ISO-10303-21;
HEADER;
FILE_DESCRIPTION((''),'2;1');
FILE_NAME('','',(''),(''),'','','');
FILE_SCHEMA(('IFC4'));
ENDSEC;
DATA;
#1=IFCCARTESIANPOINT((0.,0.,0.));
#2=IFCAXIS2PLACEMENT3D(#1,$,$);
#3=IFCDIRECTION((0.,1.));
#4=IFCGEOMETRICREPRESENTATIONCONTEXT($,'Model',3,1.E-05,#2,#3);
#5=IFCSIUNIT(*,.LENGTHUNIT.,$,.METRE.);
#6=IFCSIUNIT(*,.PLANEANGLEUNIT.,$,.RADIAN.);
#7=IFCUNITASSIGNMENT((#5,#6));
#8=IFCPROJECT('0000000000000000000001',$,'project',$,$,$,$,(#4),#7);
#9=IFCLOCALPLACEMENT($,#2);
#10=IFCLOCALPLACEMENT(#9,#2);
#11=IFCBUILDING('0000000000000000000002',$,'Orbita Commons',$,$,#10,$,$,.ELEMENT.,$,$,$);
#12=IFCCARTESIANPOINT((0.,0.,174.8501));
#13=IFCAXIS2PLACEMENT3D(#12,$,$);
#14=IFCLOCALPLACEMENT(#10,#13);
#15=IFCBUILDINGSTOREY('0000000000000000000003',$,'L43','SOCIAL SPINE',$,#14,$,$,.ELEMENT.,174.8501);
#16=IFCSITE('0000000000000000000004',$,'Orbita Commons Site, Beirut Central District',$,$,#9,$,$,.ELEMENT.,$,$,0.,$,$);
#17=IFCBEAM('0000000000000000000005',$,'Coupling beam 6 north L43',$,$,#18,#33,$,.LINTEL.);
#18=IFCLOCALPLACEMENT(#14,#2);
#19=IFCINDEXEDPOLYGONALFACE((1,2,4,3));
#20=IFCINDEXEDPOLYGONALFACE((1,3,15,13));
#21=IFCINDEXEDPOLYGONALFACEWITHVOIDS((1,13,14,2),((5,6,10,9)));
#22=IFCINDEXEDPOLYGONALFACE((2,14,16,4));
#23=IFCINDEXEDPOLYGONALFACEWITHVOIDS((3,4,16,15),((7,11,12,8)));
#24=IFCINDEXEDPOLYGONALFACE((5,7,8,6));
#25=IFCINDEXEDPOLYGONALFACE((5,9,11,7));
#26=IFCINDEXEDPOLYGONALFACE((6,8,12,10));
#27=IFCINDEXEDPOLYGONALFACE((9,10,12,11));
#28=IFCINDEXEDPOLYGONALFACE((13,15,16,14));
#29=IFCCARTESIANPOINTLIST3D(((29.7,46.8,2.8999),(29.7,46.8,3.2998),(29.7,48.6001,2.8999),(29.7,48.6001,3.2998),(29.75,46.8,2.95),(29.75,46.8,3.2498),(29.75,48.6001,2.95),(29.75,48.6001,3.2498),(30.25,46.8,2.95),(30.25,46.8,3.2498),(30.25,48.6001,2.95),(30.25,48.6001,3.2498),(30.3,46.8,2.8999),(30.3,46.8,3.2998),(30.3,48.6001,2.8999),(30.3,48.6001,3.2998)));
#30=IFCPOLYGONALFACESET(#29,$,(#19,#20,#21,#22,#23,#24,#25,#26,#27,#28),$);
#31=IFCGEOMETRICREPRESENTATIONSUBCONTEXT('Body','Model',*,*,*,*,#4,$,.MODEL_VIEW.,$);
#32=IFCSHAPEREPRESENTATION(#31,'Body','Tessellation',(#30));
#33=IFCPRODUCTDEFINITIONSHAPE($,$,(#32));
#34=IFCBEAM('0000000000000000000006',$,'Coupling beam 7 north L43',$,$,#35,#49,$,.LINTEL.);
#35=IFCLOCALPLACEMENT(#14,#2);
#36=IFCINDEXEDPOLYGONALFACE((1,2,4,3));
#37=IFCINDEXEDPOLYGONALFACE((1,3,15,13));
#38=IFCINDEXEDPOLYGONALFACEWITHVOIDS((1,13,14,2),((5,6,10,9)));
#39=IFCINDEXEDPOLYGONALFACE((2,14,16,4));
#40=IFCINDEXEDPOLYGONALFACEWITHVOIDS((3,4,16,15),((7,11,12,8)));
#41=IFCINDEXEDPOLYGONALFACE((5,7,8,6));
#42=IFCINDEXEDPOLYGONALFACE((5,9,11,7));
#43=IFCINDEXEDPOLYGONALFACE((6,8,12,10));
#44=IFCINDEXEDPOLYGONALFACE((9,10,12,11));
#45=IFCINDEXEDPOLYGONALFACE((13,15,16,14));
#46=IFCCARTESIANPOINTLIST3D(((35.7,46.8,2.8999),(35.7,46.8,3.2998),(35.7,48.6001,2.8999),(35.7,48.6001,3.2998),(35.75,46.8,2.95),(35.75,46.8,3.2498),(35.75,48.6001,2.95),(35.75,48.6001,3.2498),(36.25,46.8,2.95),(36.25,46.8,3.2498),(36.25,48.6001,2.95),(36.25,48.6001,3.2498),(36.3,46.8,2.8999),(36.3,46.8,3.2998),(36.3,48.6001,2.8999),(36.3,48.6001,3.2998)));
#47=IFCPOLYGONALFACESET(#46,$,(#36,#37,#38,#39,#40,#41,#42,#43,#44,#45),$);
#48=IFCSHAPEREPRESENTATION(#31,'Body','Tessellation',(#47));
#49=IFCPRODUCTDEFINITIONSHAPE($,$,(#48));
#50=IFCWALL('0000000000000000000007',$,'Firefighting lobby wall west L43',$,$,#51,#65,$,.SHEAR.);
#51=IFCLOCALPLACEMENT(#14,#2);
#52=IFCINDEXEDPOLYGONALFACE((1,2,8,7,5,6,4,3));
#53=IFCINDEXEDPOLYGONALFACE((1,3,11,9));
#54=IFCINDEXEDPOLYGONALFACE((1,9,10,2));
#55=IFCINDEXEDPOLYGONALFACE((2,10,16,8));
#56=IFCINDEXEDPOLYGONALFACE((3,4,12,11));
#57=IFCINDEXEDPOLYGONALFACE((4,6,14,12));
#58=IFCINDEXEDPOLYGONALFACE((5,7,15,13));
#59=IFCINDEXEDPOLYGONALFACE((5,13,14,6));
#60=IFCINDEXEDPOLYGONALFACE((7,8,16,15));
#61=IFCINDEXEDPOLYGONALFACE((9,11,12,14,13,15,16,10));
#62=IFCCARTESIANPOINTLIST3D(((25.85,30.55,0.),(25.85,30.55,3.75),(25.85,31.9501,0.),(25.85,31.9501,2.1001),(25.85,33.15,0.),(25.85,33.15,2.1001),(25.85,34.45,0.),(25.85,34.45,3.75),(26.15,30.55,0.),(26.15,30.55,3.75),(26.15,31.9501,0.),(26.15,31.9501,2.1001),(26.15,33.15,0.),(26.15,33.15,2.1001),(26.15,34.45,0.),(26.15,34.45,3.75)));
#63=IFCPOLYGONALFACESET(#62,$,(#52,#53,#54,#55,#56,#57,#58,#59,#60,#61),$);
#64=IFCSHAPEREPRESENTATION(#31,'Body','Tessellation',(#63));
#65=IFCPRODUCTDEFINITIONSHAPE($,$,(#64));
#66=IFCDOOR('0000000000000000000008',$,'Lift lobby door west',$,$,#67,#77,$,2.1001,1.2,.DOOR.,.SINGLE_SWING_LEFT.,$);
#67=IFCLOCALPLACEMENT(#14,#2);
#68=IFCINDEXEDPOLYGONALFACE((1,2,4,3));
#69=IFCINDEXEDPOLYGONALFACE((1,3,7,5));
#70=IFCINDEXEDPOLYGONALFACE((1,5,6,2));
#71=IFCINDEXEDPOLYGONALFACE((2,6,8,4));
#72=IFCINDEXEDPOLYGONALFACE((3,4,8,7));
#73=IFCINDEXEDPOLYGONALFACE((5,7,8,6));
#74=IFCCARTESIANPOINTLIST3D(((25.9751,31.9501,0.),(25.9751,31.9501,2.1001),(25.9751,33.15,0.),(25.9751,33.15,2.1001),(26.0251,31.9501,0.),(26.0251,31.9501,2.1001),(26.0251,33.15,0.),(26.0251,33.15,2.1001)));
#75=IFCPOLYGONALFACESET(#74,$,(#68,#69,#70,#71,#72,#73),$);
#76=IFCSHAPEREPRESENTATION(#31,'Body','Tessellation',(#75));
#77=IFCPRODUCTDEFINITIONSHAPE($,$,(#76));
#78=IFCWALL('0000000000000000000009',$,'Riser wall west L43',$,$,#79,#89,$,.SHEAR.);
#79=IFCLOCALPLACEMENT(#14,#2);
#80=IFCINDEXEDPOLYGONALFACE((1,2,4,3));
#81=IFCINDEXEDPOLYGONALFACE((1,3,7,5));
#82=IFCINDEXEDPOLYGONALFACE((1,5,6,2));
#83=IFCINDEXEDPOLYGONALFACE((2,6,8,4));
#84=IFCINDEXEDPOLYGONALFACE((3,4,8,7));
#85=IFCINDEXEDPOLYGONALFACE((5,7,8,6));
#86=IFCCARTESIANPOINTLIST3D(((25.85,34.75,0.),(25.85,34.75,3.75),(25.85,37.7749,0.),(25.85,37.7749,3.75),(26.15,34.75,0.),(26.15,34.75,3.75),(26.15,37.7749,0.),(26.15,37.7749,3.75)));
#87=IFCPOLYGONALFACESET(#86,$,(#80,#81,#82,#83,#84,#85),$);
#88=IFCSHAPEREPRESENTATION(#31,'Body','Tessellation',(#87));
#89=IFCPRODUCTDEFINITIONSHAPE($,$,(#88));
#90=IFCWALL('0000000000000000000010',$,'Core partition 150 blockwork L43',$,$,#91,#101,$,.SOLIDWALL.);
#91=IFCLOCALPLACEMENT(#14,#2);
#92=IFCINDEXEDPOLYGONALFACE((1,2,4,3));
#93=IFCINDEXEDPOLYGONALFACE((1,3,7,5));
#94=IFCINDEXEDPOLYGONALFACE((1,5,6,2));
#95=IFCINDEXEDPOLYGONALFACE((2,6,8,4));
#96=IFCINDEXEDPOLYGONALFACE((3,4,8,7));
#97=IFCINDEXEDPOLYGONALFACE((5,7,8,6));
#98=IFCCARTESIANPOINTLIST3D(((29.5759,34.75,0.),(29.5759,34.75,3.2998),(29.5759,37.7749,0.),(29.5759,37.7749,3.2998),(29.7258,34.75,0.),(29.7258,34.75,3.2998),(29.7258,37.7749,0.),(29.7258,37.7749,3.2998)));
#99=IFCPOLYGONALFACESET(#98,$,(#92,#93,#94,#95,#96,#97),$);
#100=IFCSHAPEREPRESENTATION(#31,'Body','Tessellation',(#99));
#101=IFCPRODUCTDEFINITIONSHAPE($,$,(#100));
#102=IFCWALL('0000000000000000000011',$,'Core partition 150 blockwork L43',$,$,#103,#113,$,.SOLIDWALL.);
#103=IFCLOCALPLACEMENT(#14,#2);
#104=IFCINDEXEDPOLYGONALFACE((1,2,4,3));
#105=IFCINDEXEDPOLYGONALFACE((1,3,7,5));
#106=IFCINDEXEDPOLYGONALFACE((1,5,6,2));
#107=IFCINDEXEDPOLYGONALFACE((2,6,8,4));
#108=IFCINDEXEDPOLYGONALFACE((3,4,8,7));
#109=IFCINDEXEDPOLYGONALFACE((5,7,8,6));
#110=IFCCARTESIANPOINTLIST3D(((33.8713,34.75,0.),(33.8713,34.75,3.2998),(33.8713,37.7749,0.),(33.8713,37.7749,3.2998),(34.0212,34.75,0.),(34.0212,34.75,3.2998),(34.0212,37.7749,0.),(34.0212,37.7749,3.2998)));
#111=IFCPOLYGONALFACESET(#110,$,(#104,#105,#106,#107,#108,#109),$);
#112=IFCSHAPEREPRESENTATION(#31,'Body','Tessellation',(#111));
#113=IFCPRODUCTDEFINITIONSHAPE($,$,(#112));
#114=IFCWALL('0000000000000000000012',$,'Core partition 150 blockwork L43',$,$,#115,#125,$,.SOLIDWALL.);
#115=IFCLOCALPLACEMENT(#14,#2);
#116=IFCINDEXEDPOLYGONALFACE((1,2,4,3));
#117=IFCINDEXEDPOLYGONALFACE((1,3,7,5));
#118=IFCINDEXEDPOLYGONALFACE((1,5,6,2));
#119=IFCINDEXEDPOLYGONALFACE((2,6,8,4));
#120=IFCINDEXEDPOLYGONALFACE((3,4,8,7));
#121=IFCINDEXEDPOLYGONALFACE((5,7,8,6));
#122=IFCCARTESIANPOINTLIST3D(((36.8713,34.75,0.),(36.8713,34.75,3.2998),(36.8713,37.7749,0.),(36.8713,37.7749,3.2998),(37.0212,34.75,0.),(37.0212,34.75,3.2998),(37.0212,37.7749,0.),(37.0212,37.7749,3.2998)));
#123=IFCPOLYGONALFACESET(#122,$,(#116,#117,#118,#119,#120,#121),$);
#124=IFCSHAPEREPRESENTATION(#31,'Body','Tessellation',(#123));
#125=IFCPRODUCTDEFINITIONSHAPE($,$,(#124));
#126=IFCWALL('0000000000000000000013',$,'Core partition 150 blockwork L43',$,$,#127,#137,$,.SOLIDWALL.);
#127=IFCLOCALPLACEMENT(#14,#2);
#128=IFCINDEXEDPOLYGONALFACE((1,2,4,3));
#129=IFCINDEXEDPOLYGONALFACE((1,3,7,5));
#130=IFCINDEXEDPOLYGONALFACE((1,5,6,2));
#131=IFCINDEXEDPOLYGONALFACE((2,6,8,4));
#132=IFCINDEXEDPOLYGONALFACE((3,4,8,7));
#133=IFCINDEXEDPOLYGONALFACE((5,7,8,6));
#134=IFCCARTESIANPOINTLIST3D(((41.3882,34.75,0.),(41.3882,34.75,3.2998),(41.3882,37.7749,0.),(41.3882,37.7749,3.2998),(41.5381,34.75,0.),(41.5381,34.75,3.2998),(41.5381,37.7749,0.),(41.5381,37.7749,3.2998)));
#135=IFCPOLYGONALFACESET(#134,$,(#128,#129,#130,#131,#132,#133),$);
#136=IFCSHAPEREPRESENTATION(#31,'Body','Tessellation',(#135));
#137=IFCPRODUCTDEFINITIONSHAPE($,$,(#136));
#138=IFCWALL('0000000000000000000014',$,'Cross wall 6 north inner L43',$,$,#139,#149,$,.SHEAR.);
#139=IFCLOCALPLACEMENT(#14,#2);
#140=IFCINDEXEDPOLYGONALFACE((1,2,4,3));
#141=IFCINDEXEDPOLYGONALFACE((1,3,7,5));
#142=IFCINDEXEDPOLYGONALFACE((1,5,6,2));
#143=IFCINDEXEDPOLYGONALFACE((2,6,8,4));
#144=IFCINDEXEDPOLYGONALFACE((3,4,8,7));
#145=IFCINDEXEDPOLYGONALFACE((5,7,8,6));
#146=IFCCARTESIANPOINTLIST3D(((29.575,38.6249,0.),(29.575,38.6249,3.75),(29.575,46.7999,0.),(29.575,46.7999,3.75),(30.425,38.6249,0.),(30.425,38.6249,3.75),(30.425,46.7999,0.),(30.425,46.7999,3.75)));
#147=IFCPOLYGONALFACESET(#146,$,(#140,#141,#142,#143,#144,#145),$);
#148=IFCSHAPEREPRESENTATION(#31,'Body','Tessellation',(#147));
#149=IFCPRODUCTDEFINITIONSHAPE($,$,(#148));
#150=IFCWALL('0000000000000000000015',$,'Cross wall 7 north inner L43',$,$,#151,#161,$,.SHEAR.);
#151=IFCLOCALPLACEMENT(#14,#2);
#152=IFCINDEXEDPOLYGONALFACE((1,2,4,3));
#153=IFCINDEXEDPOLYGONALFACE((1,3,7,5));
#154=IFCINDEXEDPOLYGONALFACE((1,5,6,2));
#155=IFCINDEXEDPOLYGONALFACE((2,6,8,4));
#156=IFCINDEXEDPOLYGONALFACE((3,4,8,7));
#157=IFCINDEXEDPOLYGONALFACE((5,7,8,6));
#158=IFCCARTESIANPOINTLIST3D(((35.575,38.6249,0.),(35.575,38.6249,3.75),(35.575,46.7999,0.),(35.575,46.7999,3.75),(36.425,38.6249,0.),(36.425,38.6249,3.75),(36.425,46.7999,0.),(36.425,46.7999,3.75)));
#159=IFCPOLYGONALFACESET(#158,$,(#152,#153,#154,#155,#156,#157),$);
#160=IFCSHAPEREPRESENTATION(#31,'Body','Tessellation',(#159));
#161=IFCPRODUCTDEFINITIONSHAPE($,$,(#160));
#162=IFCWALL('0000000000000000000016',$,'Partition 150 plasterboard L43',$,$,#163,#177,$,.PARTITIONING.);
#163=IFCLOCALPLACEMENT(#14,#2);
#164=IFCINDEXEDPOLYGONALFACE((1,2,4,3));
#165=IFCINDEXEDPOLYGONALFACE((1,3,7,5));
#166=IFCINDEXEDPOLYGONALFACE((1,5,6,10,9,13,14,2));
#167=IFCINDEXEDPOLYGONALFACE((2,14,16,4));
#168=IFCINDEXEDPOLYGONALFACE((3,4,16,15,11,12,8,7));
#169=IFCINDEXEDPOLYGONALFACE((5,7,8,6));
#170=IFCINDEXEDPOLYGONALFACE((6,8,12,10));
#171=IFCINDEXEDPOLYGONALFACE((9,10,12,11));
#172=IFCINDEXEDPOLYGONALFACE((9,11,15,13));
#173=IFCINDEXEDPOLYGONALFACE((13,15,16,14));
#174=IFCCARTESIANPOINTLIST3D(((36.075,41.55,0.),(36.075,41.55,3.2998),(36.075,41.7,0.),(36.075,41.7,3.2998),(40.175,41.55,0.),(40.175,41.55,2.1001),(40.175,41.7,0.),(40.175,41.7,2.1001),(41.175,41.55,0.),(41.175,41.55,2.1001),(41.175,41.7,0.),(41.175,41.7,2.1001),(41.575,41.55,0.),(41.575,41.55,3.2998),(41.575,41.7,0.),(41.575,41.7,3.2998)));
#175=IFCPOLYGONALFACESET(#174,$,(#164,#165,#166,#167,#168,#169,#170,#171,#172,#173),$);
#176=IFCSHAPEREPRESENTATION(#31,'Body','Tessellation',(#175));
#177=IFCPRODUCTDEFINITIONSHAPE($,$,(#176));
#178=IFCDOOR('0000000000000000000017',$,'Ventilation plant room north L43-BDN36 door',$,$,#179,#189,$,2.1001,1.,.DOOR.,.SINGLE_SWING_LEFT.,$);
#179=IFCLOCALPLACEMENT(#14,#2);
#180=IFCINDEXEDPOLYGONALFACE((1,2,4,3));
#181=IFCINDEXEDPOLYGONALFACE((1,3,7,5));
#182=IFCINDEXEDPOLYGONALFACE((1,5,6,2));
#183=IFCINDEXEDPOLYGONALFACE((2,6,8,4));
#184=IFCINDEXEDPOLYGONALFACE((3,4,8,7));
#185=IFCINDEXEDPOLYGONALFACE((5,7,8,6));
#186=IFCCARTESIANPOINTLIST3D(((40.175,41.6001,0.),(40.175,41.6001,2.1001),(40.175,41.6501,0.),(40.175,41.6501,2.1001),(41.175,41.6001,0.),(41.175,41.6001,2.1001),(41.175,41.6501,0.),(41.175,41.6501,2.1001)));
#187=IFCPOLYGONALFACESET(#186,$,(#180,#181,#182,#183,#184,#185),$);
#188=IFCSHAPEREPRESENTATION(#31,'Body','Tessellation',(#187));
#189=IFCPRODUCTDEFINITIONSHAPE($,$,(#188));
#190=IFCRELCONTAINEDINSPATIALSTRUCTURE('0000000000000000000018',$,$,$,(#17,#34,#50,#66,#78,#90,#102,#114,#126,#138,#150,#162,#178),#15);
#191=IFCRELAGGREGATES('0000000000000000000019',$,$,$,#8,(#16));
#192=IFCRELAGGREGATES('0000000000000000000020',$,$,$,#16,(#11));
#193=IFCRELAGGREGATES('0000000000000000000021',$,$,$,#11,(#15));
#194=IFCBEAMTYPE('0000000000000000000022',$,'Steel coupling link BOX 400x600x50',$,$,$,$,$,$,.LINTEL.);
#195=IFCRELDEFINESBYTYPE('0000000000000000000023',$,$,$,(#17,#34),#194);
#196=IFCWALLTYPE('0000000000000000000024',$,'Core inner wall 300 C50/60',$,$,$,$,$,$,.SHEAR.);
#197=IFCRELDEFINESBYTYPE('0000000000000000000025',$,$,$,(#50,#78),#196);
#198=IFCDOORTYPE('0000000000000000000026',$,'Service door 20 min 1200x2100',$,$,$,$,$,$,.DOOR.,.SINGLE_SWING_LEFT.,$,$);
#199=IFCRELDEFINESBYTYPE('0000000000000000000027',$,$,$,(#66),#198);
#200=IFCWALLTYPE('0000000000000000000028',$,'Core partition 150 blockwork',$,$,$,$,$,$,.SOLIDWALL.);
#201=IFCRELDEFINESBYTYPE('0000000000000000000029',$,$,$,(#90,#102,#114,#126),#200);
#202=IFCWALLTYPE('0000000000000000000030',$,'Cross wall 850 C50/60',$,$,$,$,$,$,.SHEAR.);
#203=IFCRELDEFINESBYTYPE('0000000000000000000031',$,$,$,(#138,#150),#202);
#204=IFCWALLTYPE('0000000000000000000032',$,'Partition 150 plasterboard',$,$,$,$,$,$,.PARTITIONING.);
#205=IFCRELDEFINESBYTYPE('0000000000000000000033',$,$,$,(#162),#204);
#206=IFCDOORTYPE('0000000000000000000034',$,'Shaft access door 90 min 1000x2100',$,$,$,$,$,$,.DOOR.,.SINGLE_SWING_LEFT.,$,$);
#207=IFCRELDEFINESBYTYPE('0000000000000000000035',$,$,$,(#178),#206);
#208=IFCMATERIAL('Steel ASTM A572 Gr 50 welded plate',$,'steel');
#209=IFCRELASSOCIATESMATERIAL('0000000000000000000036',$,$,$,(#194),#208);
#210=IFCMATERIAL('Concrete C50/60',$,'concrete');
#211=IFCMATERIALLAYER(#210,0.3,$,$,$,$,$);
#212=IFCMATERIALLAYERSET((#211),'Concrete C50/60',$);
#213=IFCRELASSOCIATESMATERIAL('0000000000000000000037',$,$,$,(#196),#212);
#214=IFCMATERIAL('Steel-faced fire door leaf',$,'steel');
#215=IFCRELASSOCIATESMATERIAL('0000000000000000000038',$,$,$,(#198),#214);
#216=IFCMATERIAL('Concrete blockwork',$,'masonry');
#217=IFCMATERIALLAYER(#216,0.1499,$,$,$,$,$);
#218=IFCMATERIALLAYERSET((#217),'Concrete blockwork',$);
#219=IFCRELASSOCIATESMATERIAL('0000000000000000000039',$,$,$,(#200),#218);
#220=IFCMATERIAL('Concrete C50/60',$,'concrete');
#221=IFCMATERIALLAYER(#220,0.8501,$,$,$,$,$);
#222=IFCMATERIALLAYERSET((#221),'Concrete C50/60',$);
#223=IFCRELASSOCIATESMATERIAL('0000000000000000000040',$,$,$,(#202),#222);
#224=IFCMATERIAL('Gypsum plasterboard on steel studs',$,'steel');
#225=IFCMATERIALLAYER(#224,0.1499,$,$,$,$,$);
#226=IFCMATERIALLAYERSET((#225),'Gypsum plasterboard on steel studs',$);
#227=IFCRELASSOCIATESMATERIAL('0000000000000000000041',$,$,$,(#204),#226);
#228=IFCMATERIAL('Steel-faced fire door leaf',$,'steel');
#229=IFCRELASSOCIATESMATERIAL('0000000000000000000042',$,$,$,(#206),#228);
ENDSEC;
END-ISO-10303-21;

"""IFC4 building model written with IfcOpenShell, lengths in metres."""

from ifc_helpers import new_model, si_unit, direction, frame, frame_2d, origin, origin_2d, place, context, subcontext, project, spatial, rectangle, hollow_rectangle, extrude, material, layer, layer_set, material_profile, profile_set, type_object, element, fill, save


model = new_model("IFC4")

# Units and contexts
model_context = context("Model", 3, precision=1e-05, world=origin(), true_north=direction((0.0, 1.0)))
body_context = subcontext(model_context, "Body", "Model", "MODEL_VIEW")
ifc_project = project(units=[si_unit("LENGTHUNIT", "METRE"), si_unit("PLANEANGLEUNIT", "RADIAN")], contexts=[model_context])

# Site, building, storey
site_placement = place(None, origin())
site = spatial("IfcSite", under=ifc_project, at=site_placement, Name="Orbita Commons Site, Beirut Central District", CompositionType="ELEMENT", RefElevation=0.0)
building_placement = place(site_placement, origin())
building = spatial("IfcBuilding", under=site, at=building_placement, Name="Orbita Commons", CompositionType="ELEMENT")
storey_placement = place(building_placement, frame((0.0, 0.0, 174.8501)))
storey = spatial("IfcBuildingStorey", under=building, at=storey_placement, Name="L43", Description="SOCIAL SPINE", CompositionType="ELEMENT", Elevation=174.8501)

# Beams
ifc_material_1 = material(Name="Steel ASTM A572 Gr 50 welded plate", Category="steel")
ifc_material_profile = material_profile(ifc_material_1, hollow_rectangle(XDim=0.6001, YDim=0.3999, WallThickness=0.05, at=origin_2d()), Name="BOX 400x600x50")
ifc_profile_set = profile_set([ifc_material_profile], Name="Steel ASTM A572 Gr 50 welded plate")
beam_type = type_object("IfcBeamType", Name="Steel coupling link BOX 400x600x50", PredefinedType="LINTEL", material=ifc_profile_set)
for number, where, z_axis, x_axis, name in (
    (1, (30.0, 46.8, 3.0999), (0.0, 1.0, 0.0), (-1.0, 0.0, 0.0), "Coupling beam 6 north L43"),
    (2, (36.0, 46.8, 3.0999), (0.0, 1.0, 0.0), (-1.0, 0.0, 0.0), "Coupling beam 7 north L43"),
):
    element("IfcBeam", number, at=place(storey_placement, frame(where, z_axis=z_axis, x_axis=x_axis)), inside=storey, type_object=beam_type, Name=name, PredefinedType="LINTEL", context=body_context, shape_type="SweptSolid", body=[
        extrude(hollow_rectangle(XDim=0.6001, YDim=0.3999, WallThickness=0.05, at=origin_2d()), origin(), (0.0, 0.0, 1.0), 1.8),
    ])

# Wall, opening, door
ifc_material_2 = material(Name="Concrete C50/60", Category="concrete")
ifc_layer_1 = layer(ifc_material_2, 0.3)
ifc_layer_set_1 = layer_set([ifc_layer_1], Name="Concrete C50/60")
wall_type_1 = type_object("IfcWallType", Name="Core inner wall 300 C50/60", PredefinedType="SHEAR", material=ifc_layer_set_1)
wall_1_placement = place(storey_placement, frame((26.0, 30.55, 0.0), z_axis=(0.0, 0.0, 1.0), x_axis=(0.0, 1.0, 0.0)))
wall_1 = element("IfcWall", 3, at=wall_1_placement, inside=storey, type_object=wall_type_1, Name="Firefighting lobby wall west L43", PredefinedType="SHEAR", context=body_context, shape_type="SweptSolid", body=[
    extrude(rectangle(XDim=3.8999, YDim=0.3, at=frame_2d((1.95, 0.0))), origin(), (0.0, 0.0, 1.0), 3.75),
])
opening_1_placement = place(wall_1_placement, frame((1.3999, 0.0, 0.0)))
opening_1 = element("IfcOpeningElement", 4, at=opening_1_placement, cuts=wall_1, PredefinedType="OPENING", context=body_context, shape_type="SweptSolid", body=[
    extrude(rectangle(XDim=1.2, YDim=2.1001, at=frame_2d((0.6001, 1.05))), frame((0.0, 0.1599, 0.0), z_axis=(0.0, -1.0, 0.0), x_axis=(1.0, 0.0, 0.0)), (0.0, 0.0, 1.0), 0.3201),
])
ifc_material_3 = material(Name="Steel-faced fire door leaf", Category="steel")
door_type_1 = type_object("IfcDoorType", Name="Service door 20 min 1200x2100", OperationType="SINGLE_SWING_LEFT", PredefinedType="DOOR", material=ifc_material_3)
door_1_placement = place(opening_1_placement, origin())
door_1 = element("IfcDoor", 5, at=door_1_placement, inside=storey, type_object=door_type_1, Name="Lift lobby door west", OperationType="SINGLE_SWING_LEFT", OverallHeight=2.1001, OverallWidth=1.2, PredefinedType="DOOR", context=body_context, shape_type="SweptSolid", body=[
    extrude(rectangle(XDim=1.2, YDim=2.1001, at=frame_2d((0.6001, 1.05))), frame((0.0, 0.0249, 0.0), z_axis=(0.0, -1.0, 0.0), x_axis=(1.0, 0.0, 0.0)), (0.0, 0.0, 1.0), 0.05),
])
fill(opening_1, door_1)

# Walls
wall_2_placement = place(storey_placement, frame((26.0, 34.75, 0.0), z_axis=(0.0, 0.0, 1.0), x_axis=(0.0, 1.0, 0.0)))
element("IfcWall", 6, at=wall_2_placement, inside=storey, type_object=wall_type_1, Name="Riser wall west L43", PredefinedType="SHEAR", context=body_context, shape_type="SweptSolid", body=[
    extrude(rectangle(XDim=3.0249, YDim=0.3, at=frame_2d((1.5125, 0.0))), origin(), (0.0, 0.0, 1.0), 3.75),
])
ifc_material_4 = material(Name="Concrete blockwork", Category="masonry")
ifc_layer_2 = layer(ifc_material_4, 0.1499)
ifc_layer_set_2 = layer_set([ifc_layer_2], Name="Concrete blockwork")
wall_type_2 = type_object("IfcWallType", Name="Core partition 150 blockwork", PredefinedType="SOLIDWALL", material=ifc_layer_set_2)
for number, where, z_axis, x_axis, name in (
    (7, (29.6509, 34.75, 0.0), (0.0, 0.0, 1.0), (0.0, 1.0, 0.0), "Core partition 150 blockwork L43"),
    (8, (33.9463, 34.75, 0.0), (0.0, 0.0, 1.0), (0.0, 1.0, 0.0), "Core partition 150 blockwork L43"),
    (9, (36.9463, 34.75, 0.0), (0.0, 0.0, 1.0), (0.0, 1.0, 0.0), "Core partition 150 blockwork L43"),
    (10, (41.4631, 34.75, 0.0), (0.0, 0.0, 1.0), (0.0, 1.0, 0.0), "Core partition 150 blockwork L43"),
):
    element("IfcWall", number, at=place(storey_placement, frame(where, z_axis=z_axis, x_axis=x_axis)), inside=storey, type_object=wall_type_2, Name=name, PredefinedType="SOLIDWALL", context=body_context, shape_type="SweptSolid", body=[
        extrude(rectangle(XDim=3.0249, YDim=0.1499, at=frame_2d((1.5125, 0.0))), origin(), (0.0, 0.0, 1.0), 3.2998),
    ])
ifc_material_5 = material(Name="Concrete C50/60", Category="concrete")
ifc_layer_3 = layer(ifc_material_5, 0.8501)
ifc_layer_set_3 = layer_set([ifc_layer_3], Name="Concrete C50/60")
wall_type_3 = type_object("IfcWallType", Name="Cross wall 850 C50/60", PredefinedType="SHEAR", material=ifc_layer_set_3)
for number, where, z_axis, x_axis, name in (
    (11, (30.0, 38.625, 0.0), (0.0, 0.0, 1.0), (0.0, 1.0, 0.0), "Cross wall 6 north inner L43"),
    (12, (36.0, 38.625, 0.0), (0.0, 0.0, 1.0), (0.0, 1.0, 0.0), "Cross wall 7 north inner L43"),
):
    element("IfcWall", number, at=place(storey_placement, frame(where, z_axis=z_axis, x_axis=x_axis)), inside=storey, type_object=wall_type_3, Name=name, PredefinedType="SHEAR", context=body_context, shape_type="SweptSolid", body=[
        extrude(rectangle(XDim=8.175, YDim=0.8501, at=frame_2d((4.0874, 0.0))), origin(), (0.0, 0.0, 1.0), 3.75),
    ])

# Wall, opening, door
ifc_material_6 = material(Name="Gypsum plasterboard on steel studs", Category="steel")
ifc_layer_4 = layer(ifc_material_6, 0.1499)
ifc_layer_set_4 = layer_set([ifc_layer_4], Name="Gypsum plasterboard on steel studs")
wall_type_4 = type_object("IfcWallType", Name="Partition 150 plasterboard", PredefinedType="PARTITIONING", material=ifc_layer_set_4)
wall_3_placement = place(storey_placement, frame((41.575, 41.625, 0.0), z_axis=(0.0, 0.0, 1.0), x_axis=(-1.0, 0.0, 0.0)))
wall_3 = element("IfcWall", 13, at=wall_3_placement, inside=storey, type_object=wall_type_4, Name="Partition 150 plasterboard L43", PredefinedType="PARTITIONING", context=body_context, shape_type="SweptSolid", body=[
    extrude(rectangle(XDim=5.5, YDim=0.1499, at=frame_2d((2.75, 0.0))), origin(), (0.0, 0.0, 1.0), 3.2998),
])
opening_2_placement = place(wall_3_placement, frame((0.3999, 0.0, 0.0)))
opening_2 = element("IfcOpeningElement", 14, at=opening_2_placement, cuts=wall_3, PredefinedType="OPENING", context=body_context, shape_type="SweptSolid", body=[
    extrude(rectangle(XDim=1.0, YDim=2.1001, at=frame_2d((0.5, 1.05))), frame((0.0, 0.085, 0.0), z_axis=(0.0, -1.0, 0.0), x_axis=(1.0, 0.0, 0.0)), (0.0, 0.0, 1.0), 0.1699),
])
ifc_material_7 = material(Name="Steel-faced fire door leaf", Category="steel")
door_type_2 = type_object("IfcDoorType", Name="Shaft access door 90 min 1000x2100", OperationType="SINGLE_SWING_LEFT", PredefinedType="DOOR", material=ifc_material_7)
door_2_placement = place(opening_2_placement, origin())
door_2 = element("IfcDoor", 15, at=door_2_placement, inside=storey, type_object=door_type_2, Name="Ventilation plant room north L43-BDN36 door", OperationType="SINGLE_SWING_LEFT", OverallHeight=2.1001, OverallWidth=1.0, PredefinedType="DOOR", context=body_context, shape_type="SweptSolid", body=[
    extrude(rectangle(XDim=1.0, YDim=2.1001, at=frame_2d((0.5, 1.05))), frame((0.0, 0.0249, 0.0), z_axis=(0.0, -1.0, 0.0), x_axis=(1.0, 0.0, 0.0)), (0.0, 0.0, 1.0), 0.05),
])
fill(opening_2, door_2)

save(model, "model.ifc")
